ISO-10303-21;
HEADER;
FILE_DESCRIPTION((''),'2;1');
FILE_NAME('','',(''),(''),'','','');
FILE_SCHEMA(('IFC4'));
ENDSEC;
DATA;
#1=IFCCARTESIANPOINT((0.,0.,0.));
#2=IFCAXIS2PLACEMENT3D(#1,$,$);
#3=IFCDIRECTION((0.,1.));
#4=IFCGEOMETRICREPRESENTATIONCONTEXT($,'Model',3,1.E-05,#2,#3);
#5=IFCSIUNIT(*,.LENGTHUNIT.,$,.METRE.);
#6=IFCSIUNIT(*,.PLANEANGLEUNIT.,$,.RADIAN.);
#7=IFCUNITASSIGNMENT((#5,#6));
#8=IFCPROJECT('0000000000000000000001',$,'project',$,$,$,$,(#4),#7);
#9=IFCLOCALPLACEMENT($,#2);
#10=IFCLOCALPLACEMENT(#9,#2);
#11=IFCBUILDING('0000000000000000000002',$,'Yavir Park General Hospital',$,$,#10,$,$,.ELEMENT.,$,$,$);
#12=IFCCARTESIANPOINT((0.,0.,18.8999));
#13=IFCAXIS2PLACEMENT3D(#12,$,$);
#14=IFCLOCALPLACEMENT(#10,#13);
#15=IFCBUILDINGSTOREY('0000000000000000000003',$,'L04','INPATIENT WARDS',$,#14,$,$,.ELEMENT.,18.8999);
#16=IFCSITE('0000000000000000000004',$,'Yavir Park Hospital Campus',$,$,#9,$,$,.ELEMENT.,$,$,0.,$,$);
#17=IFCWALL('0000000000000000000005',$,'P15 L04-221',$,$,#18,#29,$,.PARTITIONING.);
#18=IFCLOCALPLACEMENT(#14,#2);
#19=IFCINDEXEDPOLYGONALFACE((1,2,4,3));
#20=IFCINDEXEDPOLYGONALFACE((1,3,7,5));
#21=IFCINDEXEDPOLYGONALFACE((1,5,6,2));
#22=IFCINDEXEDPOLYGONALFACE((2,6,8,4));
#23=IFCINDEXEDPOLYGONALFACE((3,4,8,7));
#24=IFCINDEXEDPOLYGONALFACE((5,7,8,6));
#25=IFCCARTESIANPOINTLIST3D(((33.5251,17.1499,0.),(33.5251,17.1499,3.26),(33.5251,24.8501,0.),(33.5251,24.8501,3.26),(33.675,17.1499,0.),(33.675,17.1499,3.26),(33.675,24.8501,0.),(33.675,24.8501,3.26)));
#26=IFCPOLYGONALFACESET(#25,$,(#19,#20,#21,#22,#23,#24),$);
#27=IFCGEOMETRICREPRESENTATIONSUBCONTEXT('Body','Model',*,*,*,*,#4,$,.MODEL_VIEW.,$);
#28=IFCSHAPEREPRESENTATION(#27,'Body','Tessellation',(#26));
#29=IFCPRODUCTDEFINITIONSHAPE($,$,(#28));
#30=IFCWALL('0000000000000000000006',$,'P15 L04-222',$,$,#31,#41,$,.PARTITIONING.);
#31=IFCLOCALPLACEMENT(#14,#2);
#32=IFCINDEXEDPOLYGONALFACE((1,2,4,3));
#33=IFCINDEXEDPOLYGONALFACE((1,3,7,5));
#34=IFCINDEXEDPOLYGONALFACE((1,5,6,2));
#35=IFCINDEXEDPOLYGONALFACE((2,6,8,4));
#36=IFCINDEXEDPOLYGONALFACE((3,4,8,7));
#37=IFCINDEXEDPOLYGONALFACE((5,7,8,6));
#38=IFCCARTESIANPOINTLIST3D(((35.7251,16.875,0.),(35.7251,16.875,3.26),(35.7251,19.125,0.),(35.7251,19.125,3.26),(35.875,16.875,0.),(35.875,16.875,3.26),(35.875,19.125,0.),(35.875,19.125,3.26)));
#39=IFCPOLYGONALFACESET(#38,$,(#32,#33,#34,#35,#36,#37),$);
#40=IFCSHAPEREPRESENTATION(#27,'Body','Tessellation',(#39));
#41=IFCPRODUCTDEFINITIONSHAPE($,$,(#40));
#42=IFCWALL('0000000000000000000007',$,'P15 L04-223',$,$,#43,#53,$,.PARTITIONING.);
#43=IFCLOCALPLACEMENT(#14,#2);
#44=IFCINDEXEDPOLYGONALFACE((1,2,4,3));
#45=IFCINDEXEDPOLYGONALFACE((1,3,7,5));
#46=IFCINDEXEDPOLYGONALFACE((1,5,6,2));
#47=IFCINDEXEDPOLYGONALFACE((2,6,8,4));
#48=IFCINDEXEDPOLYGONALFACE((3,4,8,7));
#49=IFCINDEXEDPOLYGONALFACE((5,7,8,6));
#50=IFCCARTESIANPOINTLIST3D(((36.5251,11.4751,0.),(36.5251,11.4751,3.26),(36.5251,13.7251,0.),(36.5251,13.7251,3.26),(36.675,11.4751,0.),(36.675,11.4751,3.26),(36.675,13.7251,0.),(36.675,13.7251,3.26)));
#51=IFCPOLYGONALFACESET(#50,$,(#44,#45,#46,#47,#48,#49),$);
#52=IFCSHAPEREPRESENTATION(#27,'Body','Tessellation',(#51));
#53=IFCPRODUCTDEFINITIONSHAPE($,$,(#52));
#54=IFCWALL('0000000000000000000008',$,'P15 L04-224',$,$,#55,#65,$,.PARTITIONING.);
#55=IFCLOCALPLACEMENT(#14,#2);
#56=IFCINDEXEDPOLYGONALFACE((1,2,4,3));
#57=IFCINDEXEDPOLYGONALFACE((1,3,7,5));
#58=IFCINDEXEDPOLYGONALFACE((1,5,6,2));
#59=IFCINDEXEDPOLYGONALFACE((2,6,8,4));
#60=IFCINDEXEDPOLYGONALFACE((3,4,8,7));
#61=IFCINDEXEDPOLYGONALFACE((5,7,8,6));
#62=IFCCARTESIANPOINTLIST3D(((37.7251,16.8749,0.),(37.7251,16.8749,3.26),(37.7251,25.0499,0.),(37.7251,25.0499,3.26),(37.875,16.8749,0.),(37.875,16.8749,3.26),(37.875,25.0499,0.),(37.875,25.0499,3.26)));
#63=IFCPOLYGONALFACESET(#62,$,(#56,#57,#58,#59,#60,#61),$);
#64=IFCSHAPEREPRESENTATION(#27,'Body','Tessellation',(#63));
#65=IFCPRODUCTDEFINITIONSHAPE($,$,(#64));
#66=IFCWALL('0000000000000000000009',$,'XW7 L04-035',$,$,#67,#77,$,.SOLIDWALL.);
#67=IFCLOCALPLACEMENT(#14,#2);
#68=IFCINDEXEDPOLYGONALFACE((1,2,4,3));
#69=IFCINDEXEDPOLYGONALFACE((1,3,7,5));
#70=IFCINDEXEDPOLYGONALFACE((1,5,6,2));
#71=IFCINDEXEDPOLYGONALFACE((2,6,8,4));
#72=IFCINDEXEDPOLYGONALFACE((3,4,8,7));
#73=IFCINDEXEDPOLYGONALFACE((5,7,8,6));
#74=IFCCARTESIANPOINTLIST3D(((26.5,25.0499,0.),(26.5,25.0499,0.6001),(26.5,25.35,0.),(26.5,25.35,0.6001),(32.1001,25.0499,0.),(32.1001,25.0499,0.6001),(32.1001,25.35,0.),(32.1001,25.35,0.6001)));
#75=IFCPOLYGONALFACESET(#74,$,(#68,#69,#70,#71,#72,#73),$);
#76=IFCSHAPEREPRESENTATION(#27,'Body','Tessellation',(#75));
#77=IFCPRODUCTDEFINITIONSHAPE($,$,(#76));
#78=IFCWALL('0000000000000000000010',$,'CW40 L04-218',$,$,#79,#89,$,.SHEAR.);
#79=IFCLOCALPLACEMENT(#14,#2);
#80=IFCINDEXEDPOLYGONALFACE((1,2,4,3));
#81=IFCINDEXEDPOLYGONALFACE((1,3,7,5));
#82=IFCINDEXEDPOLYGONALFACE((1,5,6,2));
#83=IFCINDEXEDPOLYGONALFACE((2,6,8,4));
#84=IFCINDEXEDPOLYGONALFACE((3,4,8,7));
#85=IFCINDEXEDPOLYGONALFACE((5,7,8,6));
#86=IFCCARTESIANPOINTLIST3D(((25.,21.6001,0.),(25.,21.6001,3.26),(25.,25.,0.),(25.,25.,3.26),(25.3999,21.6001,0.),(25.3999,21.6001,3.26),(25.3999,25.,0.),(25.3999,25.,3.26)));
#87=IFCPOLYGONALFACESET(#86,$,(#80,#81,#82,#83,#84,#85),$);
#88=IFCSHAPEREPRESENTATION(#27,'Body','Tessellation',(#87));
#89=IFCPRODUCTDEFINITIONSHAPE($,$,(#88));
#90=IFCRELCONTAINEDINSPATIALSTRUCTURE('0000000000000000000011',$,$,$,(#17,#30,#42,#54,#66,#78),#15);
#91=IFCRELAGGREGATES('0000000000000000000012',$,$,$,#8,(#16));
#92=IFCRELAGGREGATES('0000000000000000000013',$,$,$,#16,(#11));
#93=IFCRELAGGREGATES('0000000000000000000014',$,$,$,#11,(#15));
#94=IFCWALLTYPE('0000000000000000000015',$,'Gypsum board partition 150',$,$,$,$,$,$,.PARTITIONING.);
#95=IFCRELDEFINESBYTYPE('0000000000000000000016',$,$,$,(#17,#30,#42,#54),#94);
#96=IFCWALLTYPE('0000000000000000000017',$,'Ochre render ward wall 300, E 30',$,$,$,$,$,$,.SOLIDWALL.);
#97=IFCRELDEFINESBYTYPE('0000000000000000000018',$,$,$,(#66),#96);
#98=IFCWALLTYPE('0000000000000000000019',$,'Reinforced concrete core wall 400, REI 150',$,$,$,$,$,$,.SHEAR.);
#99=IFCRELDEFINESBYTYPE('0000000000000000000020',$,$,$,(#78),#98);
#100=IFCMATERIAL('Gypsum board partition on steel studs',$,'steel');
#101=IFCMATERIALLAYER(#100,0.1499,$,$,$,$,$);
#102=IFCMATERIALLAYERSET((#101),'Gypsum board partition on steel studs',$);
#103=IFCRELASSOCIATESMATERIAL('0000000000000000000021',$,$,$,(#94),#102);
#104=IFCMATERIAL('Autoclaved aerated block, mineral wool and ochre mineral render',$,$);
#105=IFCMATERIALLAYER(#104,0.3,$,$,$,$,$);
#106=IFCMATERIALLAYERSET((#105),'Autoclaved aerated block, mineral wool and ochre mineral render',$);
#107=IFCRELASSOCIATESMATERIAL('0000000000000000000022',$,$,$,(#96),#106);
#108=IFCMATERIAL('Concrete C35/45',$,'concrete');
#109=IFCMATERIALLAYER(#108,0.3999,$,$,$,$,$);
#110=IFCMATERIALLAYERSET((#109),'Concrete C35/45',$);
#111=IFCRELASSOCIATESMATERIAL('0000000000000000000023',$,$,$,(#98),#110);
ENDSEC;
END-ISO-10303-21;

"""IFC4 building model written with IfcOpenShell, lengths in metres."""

from ifc_helpers import new_model, si_unit, direction, frame, frame_2d, origin, place, context, subcontext, project, spatial, rectangle, extrude, material, layer, layer_set, type_object, element, save


model = new_model("IFC4")

# Units and contexts
model_context = context("Model", 3, precision=1e-05, world=origin(), true_north=direction((0.0, 1.0)))
body_context = subcontext(model_context, "Body", "Model", "MODEL_VIEW")
ifc_project = project(units=[si_unit("LENGTHUNIT", "METRE"), si_unit("PLANEANGLEUNIT", "RADIAN")], contexts=[model_context])

# Site, building, storey
site_placement = place(None, origin())
site = spatial("IfcSite", under=ifc_project, at=site_placement, Name="Yavir Park Hospital Campus", CompositionType="ELEMENT", RefElevation=0.0)
building_placement = place(site_placement, origin())
building = spatial("IfcBuilding", under=site, at=building_placement, Name="Yavir Park General Hospital", CompositionType="ELEMENT")
storey_placement = place(building_placement, frame((0.0, 0.0, 18.8999)))
storey = spatial("IfcBuildingStorey", under=building, at=storey_placement, Name="L04", Description="INPATIENT WARDS", CompositionType="ELEMENT", Elevation=18.8999)

# Shared definitions
ifc_material_1 = material(Name="Gypsum board partition on steel studs", Category="steel")
ifc_layer_1 = layer(ifc_material_1, 0.1499)
ifc_layer_set_1 = layer_set([ifc_layer_1], Name="Gypsum board partition on steel studs")
wall_type_1 = type_object("IfcWallType", Name="Gypsum board partition 150", PredefinedType="PARTITIONING", material=ifc_layer_set_1)

# Walls
wall_1_placement = place(storey_placement, frame((33.6001, 17.1499, 0.0), z_axis=(0.0, 0.0, 1.0), x_axis=(0.0, 1.0, 0.0)))
element("IfcWall", 1, at=wall_1_placement, inside=storey, type_object=wall_type_1, Name="P15 L04-221", PredefinedType="PARTITIONING", context=body_context, shape_type="SweptSolid", body=[
    extrude(rectangle(XDim=7.7002, YDim=0.1499, at=frame_2d((3.8501, 0.0))), origin(), (0.0, 0.0, 1.0), 3.26),
])
for number, where, z_axis, x_axis, name in (
    (2, (35.8, 16.875, 0.0), (0.0, 0.0, 1.0), (0.0, 1.0, 0.0), "P15 L04-222"),
    (3, (36.6001, 11.4751, 0.0), (0.0, 0.0, 1.0), (0.0, 1.0, 0.0), "P15 L04-223"),
):
    element("IfcWall", number, at=place(storey_placement, frame(where, z_axis=z_axis, x_axis=x_axis)), inside=storey, type_object=wall_type_1, Name=name, PredefinedType="PARTITIONING", context=body_context, shape_type="SweptSolid", body=[
        extrude(rectangle(XDim=2.25, YDim=0.1499, at=frame_2d((1.125, 0.0))), origin(), (0.0, 0.0, 1.0), 3.26),
    ])
wall_2_placement = place(storey_placement, frame((37.8, 16.875, 0.0), z_axis=(0.0, 0.0, 1.0), x_axis=(0.0, 1.0, 0.0)))
element("IfcWall", 4, at=wall_2_placement, inside=storey, type_object=wall_type_1, Name="P15 L04-224", PredefinedType="PARTITIONING", context=body_context, shape_type="SweptSolid", body=[
    extrude(rectangle(XDim=8.175, YDim=0.1499, at=frame_2d((4.0874, 0.0))), origin(), (0.0, 0.0, 1.0), 3.26),
])
ifc_material_2 = material(Name="Autoclaved aerated block, mineral wool and ochre mineral render")
ifc_layer_2 = layer(ifc_material_2, 0.3)
ifc_layer_set_2 = layer_set([ifc_layer_2], Name="Autoclaved aerated block, mineral wool and ochre mineral render")
wall_type_2 = type_object("IfcWallType", Name="Ochre render ward wall 300, E 30", PredefinedType="SOLIDWALL", material=ifc_layer_set_2)
wall_3_placement = place(storey_placement, frame((26.5, 25.2, 0.0), z_axis=(0.0, 0.0, 1.0), x_axis=(1.0, 0.0, 0.0)))
element("IfcWall", 5, at=wall_3_placement, inside=storey, type_object=wall_type_2, Name="XW7 L04-035", PredefinedType="SOLIDWALL", context=body_context, shape_type="SweptSolid", body=[
    extrude(rectangle(XDim=5.6001, YDim=0.3, at=frame_2d((2.8, 0.0))), origin(), (0.0, 0.0, 1.0), 0.6001),
])
ifc_material_3 = material(Name="Concrete C35/45", Category="concrete")
ifc_layer_3 = layer(ifc_material_3, 0.3999)
ifc_layer_set_3 = layer_set([ifc_layer_3], Name="Concrete C35/45")
wall_type_3 = type_object("IfcWallType", Name="Reinforced concrete core wall 400, REI 150", PredefinedType="SHEAR", material=ifc_layer_set_3)
wall_4_placement = place(storey_placement, frame((25.2, 21.6001, 0.0), z_axis=(0.0, 0.0, 1.0), x_axis=(0.0, 1.0, 0.0)))
element("IfcWall", 6, at=wall_4_placement, inside=storey, type_object=wall_type_3, Name="CW40 L04-218", PredefinedType="SHEAR", context=body_context, shape_type="SweptSolid", body=[
    extrude(rectangle(XDim=3.3999, YDim=0.3999, at=frame_2d((1.7, 0.0))), origin(), (0.0, 0.0, 1.0), 3.26),
])

save(model, "model.ifc")
